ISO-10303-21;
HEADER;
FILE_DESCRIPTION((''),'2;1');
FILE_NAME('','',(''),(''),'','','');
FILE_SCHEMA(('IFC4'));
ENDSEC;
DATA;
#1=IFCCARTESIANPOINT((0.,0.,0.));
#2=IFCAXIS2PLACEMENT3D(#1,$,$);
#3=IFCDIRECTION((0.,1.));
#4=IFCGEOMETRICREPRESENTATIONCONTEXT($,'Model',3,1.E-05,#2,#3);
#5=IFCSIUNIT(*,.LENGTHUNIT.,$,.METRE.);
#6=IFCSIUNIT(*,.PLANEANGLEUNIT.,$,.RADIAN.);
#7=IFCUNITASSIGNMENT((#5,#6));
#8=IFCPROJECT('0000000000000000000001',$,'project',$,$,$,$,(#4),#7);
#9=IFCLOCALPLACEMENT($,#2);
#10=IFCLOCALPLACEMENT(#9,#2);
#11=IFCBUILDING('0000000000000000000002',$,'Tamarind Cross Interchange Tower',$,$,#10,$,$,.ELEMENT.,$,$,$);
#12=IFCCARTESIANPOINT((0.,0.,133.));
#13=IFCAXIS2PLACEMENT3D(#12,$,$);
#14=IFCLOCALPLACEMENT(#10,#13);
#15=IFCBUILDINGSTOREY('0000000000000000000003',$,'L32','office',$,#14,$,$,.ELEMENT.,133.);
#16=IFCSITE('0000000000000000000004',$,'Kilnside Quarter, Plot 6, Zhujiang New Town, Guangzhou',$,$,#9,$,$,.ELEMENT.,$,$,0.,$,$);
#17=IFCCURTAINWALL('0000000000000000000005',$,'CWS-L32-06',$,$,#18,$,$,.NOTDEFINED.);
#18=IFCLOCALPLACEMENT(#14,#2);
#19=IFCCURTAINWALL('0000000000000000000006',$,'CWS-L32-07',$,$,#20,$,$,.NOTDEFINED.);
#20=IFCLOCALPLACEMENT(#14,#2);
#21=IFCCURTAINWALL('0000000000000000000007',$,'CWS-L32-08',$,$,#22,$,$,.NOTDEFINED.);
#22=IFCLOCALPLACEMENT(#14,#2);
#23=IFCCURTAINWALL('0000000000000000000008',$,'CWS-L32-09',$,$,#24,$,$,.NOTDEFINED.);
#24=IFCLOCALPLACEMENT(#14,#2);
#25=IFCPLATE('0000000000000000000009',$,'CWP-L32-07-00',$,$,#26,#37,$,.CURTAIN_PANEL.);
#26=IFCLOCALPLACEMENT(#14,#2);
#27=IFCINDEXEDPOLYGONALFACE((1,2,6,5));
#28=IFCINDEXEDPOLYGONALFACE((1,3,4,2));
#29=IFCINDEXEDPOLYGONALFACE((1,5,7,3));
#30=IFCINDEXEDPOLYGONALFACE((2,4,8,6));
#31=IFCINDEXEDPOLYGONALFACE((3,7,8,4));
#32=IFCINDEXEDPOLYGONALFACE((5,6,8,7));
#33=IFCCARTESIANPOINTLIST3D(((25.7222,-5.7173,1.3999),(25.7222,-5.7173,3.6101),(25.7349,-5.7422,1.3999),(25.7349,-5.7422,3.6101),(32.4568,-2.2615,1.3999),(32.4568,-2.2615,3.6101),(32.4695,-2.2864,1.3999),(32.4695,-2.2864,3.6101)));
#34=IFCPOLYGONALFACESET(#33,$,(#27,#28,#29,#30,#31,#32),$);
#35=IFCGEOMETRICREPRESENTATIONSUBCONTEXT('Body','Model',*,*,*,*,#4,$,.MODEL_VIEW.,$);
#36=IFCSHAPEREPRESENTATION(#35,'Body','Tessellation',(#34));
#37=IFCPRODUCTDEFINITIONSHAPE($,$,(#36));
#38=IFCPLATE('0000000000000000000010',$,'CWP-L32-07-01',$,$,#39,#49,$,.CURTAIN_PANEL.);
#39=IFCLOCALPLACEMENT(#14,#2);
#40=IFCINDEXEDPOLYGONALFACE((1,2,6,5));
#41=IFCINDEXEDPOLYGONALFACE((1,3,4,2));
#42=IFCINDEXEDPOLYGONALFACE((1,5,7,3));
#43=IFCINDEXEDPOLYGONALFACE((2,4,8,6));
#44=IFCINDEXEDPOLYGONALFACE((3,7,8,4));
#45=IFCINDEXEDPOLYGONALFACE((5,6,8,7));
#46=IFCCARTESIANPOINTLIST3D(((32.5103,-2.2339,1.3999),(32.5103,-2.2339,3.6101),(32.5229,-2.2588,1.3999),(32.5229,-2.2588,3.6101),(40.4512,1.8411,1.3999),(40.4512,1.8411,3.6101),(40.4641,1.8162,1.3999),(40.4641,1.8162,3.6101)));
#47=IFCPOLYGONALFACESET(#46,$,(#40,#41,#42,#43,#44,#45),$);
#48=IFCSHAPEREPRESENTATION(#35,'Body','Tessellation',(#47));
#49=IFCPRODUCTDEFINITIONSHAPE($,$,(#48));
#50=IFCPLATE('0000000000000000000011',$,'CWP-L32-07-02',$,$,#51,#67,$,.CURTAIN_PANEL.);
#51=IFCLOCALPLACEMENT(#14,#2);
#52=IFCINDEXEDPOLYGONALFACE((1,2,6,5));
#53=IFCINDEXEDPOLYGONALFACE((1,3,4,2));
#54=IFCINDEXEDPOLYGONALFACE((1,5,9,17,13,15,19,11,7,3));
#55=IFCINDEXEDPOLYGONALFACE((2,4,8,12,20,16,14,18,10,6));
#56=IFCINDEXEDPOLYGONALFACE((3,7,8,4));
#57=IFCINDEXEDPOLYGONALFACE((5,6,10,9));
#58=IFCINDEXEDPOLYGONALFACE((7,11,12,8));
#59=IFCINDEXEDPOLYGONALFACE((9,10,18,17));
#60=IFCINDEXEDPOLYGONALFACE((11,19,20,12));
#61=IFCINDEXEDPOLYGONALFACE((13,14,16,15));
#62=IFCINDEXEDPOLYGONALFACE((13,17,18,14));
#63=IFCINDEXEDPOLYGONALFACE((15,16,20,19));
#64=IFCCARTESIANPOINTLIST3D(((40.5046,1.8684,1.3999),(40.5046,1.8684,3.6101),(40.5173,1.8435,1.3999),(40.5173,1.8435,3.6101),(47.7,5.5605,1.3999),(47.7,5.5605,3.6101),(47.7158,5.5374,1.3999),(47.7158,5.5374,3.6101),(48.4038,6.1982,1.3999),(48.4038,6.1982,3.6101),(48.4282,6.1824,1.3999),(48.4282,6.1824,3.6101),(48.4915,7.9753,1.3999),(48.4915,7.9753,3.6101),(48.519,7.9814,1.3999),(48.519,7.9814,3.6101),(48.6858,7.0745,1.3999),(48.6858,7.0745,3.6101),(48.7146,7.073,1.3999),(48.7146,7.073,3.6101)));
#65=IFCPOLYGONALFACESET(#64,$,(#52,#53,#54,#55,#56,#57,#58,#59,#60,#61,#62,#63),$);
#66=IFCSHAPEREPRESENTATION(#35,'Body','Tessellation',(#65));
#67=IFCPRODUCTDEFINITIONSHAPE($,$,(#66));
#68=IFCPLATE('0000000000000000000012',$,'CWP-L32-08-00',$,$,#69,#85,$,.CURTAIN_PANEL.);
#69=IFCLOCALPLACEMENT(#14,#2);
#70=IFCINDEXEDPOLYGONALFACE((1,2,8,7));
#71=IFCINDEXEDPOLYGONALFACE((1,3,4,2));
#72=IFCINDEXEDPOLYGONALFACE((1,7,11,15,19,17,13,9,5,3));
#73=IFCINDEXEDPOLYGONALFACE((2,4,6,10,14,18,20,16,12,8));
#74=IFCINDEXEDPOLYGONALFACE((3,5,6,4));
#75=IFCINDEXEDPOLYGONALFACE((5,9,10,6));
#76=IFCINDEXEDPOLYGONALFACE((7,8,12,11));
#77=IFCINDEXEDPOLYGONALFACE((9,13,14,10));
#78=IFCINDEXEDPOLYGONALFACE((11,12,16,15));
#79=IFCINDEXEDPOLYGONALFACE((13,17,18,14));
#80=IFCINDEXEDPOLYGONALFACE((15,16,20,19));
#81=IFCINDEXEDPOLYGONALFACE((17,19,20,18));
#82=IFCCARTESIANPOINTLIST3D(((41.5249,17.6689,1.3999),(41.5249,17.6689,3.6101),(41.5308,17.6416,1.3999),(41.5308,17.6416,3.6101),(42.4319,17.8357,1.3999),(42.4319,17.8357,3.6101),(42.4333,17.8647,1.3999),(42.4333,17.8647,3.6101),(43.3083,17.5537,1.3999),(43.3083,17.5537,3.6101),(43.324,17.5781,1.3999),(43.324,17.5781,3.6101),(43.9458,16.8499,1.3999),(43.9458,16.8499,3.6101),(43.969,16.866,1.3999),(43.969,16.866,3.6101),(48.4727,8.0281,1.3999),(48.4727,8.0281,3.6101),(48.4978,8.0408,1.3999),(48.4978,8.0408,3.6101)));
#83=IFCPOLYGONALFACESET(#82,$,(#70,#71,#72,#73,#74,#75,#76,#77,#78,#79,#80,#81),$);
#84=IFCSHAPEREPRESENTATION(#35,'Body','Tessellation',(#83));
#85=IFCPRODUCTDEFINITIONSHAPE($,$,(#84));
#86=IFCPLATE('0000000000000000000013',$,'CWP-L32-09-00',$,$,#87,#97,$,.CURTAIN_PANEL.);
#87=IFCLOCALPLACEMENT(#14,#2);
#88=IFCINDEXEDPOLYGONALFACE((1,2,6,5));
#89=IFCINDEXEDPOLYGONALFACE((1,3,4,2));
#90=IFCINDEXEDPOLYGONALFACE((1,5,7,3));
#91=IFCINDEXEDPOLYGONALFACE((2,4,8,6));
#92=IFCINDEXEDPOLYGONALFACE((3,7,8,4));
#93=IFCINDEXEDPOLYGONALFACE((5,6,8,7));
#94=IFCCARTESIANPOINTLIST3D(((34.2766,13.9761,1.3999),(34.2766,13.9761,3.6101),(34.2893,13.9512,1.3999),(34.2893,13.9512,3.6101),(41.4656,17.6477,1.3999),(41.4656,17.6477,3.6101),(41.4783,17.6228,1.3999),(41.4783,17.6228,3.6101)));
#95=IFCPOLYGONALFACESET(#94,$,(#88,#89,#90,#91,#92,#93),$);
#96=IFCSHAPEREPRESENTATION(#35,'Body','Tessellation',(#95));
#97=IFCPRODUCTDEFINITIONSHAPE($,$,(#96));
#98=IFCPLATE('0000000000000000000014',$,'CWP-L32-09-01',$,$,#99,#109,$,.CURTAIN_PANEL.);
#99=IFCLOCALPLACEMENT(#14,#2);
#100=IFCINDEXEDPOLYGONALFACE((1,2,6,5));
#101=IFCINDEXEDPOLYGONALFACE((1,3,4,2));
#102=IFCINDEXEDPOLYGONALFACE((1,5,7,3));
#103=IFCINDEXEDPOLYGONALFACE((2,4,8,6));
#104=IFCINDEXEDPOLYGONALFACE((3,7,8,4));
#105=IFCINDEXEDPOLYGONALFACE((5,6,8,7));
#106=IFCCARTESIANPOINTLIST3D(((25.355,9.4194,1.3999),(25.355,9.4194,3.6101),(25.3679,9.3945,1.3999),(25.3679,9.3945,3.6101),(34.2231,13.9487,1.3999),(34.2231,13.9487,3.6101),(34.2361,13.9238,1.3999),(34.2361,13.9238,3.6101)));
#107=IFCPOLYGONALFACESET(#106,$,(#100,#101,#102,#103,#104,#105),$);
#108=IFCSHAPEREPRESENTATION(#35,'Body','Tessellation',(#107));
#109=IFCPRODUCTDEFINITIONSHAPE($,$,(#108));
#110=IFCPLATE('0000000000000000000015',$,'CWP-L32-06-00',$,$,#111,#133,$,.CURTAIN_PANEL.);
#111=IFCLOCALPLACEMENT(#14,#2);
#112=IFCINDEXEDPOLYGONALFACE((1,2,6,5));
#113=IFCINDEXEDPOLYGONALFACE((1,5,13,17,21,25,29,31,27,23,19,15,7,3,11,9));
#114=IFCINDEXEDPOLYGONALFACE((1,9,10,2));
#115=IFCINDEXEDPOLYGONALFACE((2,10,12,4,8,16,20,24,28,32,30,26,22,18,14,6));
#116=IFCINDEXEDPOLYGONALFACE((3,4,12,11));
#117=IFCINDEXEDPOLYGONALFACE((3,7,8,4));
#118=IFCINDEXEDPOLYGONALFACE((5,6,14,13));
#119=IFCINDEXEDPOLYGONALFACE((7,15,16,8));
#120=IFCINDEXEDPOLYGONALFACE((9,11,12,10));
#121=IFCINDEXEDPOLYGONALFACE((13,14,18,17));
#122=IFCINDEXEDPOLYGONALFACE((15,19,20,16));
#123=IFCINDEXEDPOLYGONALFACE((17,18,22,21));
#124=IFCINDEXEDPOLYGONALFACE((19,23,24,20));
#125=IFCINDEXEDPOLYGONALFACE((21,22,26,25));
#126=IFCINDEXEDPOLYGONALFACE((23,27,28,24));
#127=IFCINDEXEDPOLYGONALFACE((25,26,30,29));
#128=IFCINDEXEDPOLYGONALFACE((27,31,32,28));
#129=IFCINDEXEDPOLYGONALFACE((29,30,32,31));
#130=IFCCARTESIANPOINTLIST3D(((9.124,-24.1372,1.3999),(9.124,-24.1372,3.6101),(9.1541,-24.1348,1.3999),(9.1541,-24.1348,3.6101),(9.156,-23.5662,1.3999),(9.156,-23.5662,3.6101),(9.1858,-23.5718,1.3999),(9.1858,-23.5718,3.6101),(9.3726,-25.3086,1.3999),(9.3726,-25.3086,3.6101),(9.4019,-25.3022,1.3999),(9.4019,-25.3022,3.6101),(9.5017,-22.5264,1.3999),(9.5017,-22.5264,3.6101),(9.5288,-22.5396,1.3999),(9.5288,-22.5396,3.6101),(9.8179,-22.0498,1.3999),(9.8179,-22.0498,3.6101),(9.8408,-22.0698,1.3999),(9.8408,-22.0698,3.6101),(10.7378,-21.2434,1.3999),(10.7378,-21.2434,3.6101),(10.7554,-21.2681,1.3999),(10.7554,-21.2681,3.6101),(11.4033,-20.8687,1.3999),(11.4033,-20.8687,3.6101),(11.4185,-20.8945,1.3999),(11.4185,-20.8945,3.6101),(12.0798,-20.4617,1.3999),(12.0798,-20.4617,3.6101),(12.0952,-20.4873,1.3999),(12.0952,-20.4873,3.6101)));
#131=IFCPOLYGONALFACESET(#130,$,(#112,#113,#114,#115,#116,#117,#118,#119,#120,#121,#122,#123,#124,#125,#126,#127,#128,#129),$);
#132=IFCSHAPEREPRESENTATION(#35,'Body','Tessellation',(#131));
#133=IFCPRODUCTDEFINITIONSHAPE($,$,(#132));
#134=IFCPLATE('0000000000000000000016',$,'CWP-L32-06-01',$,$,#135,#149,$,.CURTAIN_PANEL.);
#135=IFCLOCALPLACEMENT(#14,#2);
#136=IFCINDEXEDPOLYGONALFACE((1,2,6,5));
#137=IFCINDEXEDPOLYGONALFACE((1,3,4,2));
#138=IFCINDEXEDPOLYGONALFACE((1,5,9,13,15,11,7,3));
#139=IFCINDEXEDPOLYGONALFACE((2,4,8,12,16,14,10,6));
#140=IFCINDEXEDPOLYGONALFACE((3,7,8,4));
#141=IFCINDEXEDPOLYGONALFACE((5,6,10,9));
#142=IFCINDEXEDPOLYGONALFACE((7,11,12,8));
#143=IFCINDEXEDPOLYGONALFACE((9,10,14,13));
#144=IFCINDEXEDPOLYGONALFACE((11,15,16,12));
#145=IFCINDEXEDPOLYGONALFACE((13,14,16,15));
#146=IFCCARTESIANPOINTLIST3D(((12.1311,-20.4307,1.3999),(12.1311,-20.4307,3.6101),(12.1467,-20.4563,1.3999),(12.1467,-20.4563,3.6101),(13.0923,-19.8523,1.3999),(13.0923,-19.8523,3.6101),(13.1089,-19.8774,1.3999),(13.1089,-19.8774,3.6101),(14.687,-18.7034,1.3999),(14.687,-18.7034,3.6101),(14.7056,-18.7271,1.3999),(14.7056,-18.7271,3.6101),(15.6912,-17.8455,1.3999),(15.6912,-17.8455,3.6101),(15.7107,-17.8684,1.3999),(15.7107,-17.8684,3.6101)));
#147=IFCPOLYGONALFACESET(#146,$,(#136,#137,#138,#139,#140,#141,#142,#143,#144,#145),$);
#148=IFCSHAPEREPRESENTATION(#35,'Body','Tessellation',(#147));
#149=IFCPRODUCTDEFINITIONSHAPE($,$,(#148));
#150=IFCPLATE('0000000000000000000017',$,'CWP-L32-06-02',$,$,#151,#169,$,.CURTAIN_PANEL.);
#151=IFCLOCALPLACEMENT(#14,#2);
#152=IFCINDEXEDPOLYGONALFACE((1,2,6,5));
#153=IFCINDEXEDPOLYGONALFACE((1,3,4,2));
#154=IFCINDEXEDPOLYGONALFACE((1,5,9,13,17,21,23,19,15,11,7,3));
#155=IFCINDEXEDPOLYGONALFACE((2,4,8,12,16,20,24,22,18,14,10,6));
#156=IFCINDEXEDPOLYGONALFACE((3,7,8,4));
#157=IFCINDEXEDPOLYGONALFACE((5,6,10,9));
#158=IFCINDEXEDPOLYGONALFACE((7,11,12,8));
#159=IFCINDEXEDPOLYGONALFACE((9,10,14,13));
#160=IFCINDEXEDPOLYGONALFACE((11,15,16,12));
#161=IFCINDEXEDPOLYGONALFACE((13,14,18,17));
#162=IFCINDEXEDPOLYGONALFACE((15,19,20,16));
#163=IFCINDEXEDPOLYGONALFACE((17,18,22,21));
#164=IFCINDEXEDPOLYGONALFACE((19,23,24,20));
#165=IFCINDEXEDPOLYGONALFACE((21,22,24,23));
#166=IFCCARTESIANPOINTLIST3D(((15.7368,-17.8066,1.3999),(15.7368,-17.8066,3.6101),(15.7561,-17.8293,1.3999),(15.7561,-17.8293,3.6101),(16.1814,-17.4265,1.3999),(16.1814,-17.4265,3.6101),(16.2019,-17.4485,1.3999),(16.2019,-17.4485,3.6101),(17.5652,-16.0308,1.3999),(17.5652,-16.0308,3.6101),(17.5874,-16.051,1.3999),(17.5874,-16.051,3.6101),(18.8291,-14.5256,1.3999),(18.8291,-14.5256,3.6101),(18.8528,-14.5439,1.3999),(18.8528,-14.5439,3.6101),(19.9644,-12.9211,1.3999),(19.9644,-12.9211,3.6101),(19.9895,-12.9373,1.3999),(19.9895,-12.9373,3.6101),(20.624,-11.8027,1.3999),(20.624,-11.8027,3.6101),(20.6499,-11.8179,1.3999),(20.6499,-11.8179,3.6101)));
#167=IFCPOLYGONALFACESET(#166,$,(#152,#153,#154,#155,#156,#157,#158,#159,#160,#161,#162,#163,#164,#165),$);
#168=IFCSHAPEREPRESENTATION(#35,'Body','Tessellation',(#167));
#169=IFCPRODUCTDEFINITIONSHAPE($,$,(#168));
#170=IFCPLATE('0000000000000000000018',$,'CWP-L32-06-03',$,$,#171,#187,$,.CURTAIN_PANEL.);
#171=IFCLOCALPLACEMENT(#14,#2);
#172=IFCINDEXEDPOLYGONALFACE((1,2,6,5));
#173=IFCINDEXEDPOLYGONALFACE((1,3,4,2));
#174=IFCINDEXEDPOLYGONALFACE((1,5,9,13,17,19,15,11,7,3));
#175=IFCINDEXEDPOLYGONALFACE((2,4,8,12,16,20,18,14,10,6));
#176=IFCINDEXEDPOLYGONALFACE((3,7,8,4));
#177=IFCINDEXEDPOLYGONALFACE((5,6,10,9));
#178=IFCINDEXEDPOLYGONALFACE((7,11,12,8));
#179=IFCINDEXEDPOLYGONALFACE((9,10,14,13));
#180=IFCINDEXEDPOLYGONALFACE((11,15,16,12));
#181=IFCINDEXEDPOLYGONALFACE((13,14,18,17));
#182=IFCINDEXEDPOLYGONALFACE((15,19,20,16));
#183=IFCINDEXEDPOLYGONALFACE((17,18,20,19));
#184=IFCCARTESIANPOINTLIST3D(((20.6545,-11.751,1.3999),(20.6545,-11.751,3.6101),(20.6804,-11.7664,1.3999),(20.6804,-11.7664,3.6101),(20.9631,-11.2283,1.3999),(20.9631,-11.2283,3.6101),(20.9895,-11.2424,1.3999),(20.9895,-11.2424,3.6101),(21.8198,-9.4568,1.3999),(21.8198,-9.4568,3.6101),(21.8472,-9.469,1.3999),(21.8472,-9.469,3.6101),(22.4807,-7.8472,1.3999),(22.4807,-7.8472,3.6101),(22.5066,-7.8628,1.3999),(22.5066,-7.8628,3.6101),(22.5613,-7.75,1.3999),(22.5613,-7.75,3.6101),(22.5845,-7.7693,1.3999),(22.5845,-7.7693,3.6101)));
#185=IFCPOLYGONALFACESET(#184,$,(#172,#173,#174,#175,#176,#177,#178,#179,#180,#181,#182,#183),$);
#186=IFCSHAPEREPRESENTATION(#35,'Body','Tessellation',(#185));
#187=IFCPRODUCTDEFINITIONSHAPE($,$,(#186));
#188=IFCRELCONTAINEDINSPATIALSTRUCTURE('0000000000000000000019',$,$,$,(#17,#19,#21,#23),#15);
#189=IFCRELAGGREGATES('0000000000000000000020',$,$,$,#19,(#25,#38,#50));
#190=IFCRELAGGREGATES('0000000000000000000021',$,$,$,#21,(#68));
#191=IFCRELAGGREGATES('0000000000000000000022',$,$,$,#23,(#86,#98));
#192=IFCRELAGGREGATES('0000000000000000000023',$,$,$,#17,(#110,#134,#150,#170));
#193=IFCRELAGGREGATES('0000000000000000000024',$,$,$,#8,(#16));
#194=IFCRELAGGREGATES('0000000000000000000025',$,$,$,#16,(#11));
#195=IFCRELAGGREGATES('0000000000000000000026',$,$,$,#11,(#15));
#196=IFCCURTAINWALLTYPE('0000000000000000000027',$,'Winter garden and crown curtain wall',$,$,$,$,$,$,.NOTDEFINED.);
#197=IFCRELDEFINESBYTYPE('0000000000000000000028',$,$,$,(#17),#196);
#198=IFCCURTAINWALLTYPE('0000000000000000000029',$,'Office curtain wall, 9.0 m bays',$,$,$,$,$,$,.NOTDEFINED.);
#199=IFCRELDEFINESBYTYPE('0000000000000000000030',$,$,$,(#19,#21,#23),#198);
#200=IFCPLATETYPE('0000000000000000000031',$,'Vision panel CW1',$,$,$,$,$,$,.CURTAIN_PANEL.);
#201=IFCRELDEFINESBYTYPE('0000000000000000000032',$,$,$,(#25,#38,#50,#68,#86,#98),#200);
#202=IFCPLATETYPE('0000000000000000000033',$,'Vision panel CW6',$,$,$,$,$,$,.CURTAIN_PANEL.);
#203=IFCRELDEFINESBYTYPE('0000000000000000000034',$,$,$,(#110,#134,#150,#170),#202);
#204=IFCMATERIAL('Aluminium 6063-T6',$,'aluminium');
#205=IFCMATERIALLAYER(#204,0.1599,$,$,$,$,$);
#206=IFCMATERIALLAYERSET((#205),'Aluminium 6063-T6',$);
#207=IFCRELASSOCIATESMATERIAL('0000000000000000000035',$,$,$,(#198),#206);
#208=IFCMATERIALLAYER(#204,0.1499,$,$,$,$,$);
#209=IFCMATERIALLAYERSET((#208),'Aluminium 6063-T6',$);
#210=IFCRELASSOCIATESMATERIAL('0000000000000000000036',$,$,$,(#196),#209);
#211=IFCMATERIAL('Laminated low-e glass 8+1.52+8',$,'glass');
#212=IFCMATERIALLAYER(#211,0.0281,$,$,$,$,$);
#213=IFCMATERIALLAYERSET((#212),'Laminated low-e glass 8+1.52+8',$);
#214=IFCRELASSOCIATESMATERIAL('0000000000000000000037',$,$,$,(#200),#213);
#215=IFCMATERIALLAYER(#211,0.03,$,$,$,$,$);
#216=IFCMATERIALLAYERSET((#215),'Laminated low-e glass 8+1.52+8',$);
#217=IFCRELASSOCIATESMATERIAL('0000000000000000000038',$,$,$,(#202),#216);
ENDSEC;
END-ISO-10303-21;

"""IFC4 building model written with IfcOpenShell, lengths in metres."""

from ifc_helpers import new_model, si_unit, direction, frame, origin, place, context, subcontext, project, spatial, polyline, outline, extrude, material, layer, layer_set, type_object, element, aggregate, save


model = new_model("IFC4")

# Units and contexts
model_context = context("Model", 3, precision=1e-05, world=origin(), true_north=direction((0.0, 1.0)))
body_context = subcontext(model_context, "Body", "Model", "MODEL_VIEW")
ifc_project = project(units=[si_unit("LENGTHUNIT", "METRE"), si_unit("PLANEANGLEUNIT", "RADIAN")], contexts=[model_context])

# Site, building, storey
site_placement = place(None, origin())
site = spatial("IfcSite", under=ifc_project, at=site_placement, Name="Kilnside Quarter, Plot 6, Zhujiang New Town, Guangzhou", CompositionType="ELEMENT", RefElevation=0.0)
building_placement = place(site_placement, origin())
building = spatial("IfcBuilding", under=site, at=building_placement, Name="Tamarind Cross Interchange Tower", CompositionType="ELEMENT")
storey_placement = place(building_placement, frame((0.0, 0.0, 133.0)))
storey = spatial("IfcBuildingStorey", under=building, at=storey_placement, Name="L32", Description="office", CompositionType="ELEMENT", Elevation=133.0)

# Curtain walls
ifc_material_1 = material(Name="Aluminium 6063-T6", Category="aluminium")
ifc_layer_1 = layer(ifc_material_1, 0.1599)
ifc_layer_set_1 = layer_set([ifc_layer_1], Name="Aluminium 6063-T6")
curtain_wall_type_1 = type_object("IfcCurtainWallType", Name="Office curtain wall, 9.0 m bays", PredefinedType="NOTDEFINED", material=ifc_layer_set_1)
ifc_layer_2 = layer(ifc_material_1, 0.1499)
ifc_layer_set_2 = layer_set([ifc_layer_2], Name="Aluminium 6063-T6")
curtain_wall_type_2 = type_object("IfcCurtainWallType", Name="Winter garden and crown curtain wall", PredefinedType="NOTDEFINED", material=ifc_layer_set_2)
curtain_wall_1_placement = place(storey_placement, origin())
curtain_wall_1 = element("IfcCurtainWall", 1, at=curtain_wall_1_placement, inside=storey, type_object=curtain_wall_type_2, Name="CWS-L32-06", PredefinedType="NOTDEFINED")
curtain_wall_2_placement = place(storey_placement, origin())
curtain_wall_2 = element("IfcCurtainWall", 2, at=curtain_wall_2_placement, inside=storey, type_object=curtain_wall_type_1, Name="CWS-L32-07", PredefinedType="NOTDEFINED")
curtain_wall_3_placement = place(storey_placement, origin())
curtain_wall_3 = element("IfcCurtainWall", 3, at=curtain_wall_3_placement, inside=storey, type_object=curtain_wall_type_1, Name="CWS-L32-08", PredefinedType="NOTDEFINED")
curtain_wall_4_placement = place(storey_placement, origin())
curtain_wall_4 = element("IfcCurtainWall", 4, at=curtain_wall_4_placement, inside=storey, type_object=curtain_wall_type_1, Name="CWS-L32-09", PredefinedType="NOTDEFINED")

# Plates
ifc_material_2 = material(Name="Laminated low-e glass 8+1.52+8", Category="glass")
ifc_layer_3 = layer(ifc_material_2, 0.0281)
ifc_layer_set_3 = layer_set([ifc_layer_3], Name="Laminated low-e glass 8+1.52+8")
plate_type_1 = type_object("IfcPlateType", Name="Vision panel CW1", PredefinedType="CURTAIN_PANEL", material=ifc_layer_set_3)
plate_1_placement = place(storey_placement, frame((0.0, 0.0, 1.3999)))
plate_1 = element("IfcPlate", 5, at=plate_1_placement, type_object=plate_type_1, Name="CWP-L32-07-00", PredefinedType="CURTAIN_PANEL", context=body_context, shape_type="SweptSolid", body=[
    extrude(outline(polyline([(25.7222, -5.7173), (32.4568, -2.2615), (32.4695, -2.2864), (25.7349, -5.7422), (25.7222, -5.7173)])), origin(), (0.0, 0.0, 1.0), 2.2102),
])
plate_2_placement = place(storey_placement, frame((0.0, 0.0, 1.3999)))
plate_2 = element("IfcPlate", 6, at=plate_2_placement, type_object=plate_type_1, Name="CWP-L32-07-01", PredefinedType="CURTAIN_PANEL", context=body_context, shape_type="SweptSolid", body=[
    extrude(outline(polyline([(32.5103, -2.2339), (40.4512, 1.8411), (40.4641, 1.8162), (32.5229, -2.2588), (32.5103, -2.2339)])), origin(), (0.0, 0.0, 1.0), 2.2102),
])
plate_3_placement = place(storey_placement, frame((0.0, 0.0, 1.3999)))
plate_3 = element("IfcPlate", 7, at=plate_3_placement, type_object=plate_type_1, Name="CWP-L32-07-02", PredefinedType="CURTAIN_PANEL", context=body_context, shape_type="SweptSolid", body=[
    extrude(outline(polyline([(40.5046, 1.8684), (47.7, 5.5605), (48.4038, 6.1982), (48.6858, 7.0745), (48.4915, 7.9753), (48.519, 7.9814), (48.7146, 7.073), (48.4282, 6.1824), (47.7158, 5.5374), (40.5173, 1.8435), (40.5046, 1.8684)])), origin(), (0.0, 0.0, 1.0), 2.2102),
])
aggregate(curtain_wall_2, [plate_1, plate_2, plate_3])
plate_4_placement = place(storey_placement, frame((0.0, 0.0, 1.3999)))
plate_4 = element("IfcPlate", 8, at=plate_4_placement, type_object=plate_type_1, Name="CWP-L32-08-00", PredefinedType="CURTAIN_PANEL", context=body_context, shape_type="SweptSolid", body=[
    extrude(outline(polyline([(48.4727, 8.0281), (43.9458, 16.8499), (43.3083, 17.5537), (42.4319, 17.8357), (41.5308, 17.6416), (41.5249, 17.6689), (42.4333, 17.8647), (43.324, 17.5781), (43.969, 16.866), (48.4978, 8.0408), (48.4727, 8.0281)])), origin(), (0.0, 0.0, 1.0), 2.2102),
])
aggregate(curtain_wall_3, [plate_4])
plate_5_placement = place(storey_placement, frame((0.0, 0.0, 1.3999)))
plate_5 = element("IfcPlate", 9, at=plate_5_placement, type_object=plate_type_1, Name="CWP-L32-09-00", PredefinedType="CURTAIN_PANEL", context=body_context, shape_type="SweptSolid", body=[
    extrude(outline(polyline([(41.4783, 17.6228), (34.2893, 13.9512), (34.2766, 13.9761), (41.4656, 17.6477), (41.4783, 17.6228)])), origin(), (0.0, 0.0, 1.0), 2.2102),
])
plate_6_placement = place(storey_placement, frame((0.0, 0.0, 1.3999)))
plate_6 = element("IfcPlate", 10, at=plate_6_placement, type_object=plate_type_1, Name="CWP-L32-09-01", PredefinedType="CURTAIN_PANEL", context=body_context, shape_type="SweptSolid", body=[
    extrude(outline(polyline([(34.2361, 13.9238), (25.3679, 9.3945), (25.355, 9.4194), (34.2231, 13.9487), (34.2361, 13.9238)])), origin(), (0.0, 0.0, 1.0), 2.2102),
])
aggregate(curtain_wall_4, [plate_5, plate_6])
ifc_layer_4 = layer(ifc_material_2, 0.03)
ifc_layer_set_4 = layer_set([ifc_layer_4], Name="Laminated low-e glass 8+1.52+8")
plate_type_2 = type_object("IfcPlateType", Name="Vision panel CW6", PredefinedType="CURTAIN_PANEL", material=ifc_layer_set_4)
plate_7_placement = place(storey_placement, frame((0.0, 0.0, 1.3999)))
plate_7 = element("IfcPlate", 11, at=plate_7_placement, type_object=plate_type_2, Name="CWP-L32-06-00", PredefinedType="CURTAIN_PANEL", context=body_context, shape_type="SweptSolid", body=[
    extrude(outline(polyline([(9.3726, -25.3086), (9.124, -24.1372), (9.156, -23.5662), (9.5017, -22.5264), (9.8179, -22.0498), (10.7378, -21.2434), (11.4033, -20.8687), (12.0798, -20.4617), (12.0952, -20.4873), (11.4185, -20.8945), (10.7554, -21.2681), (9.8408, -22.0698), (9.5288, -22.5396), (9.1858, -23.5718), (9.1541, -24.1348), (9.4019, -25.3022), (9.3726, -25.3086)])), origin(), (0.0, 0.0, 1.0), 2.2102),
])
plate_8_placement = place(storey_placement, frame((0.0, 0.0, 1.3999)))
plate_8 = element("IfcPlate", 12, at=plate_8_placement, type_object=plate_type_2, Name="CWP-L32-06-01", PredefinedType="CURTAIN_PANEL", context=body_context, shape_type="SweptSolid", body=[
    extrude(outline(polyline([(12.1311, -20.4307), (13.0923, -19.8523), (14.687, -18.7034), (15.6912, -17.8455), (15.7107, -17.8684), (14.7056, -18.7271), (13.1089, -19.8774), (12.1467, -20.4563), (12.1311, -20.4307)])), origin(), (0.0, 0.0, 1.0), 2.2102),
])
plate_9_placement = place(storey_placement, frame((0.0, 0.0, 1.3999)))
plate_9 = element("IfcPlate", 13, at=plate_9_placement, type_object=plate_type_2, Name="CWP-L32-06-02", PredefinedType="CURTAIN_PANEL", context=body_context, shape_type="SweptSolid", body=[
    extrude(outline(polyline([(15.7368, -17.8066), (16.1814, -17.4265), (17.5652, -16.0308), (18.8291, -14.5256), (19.9644, -12.9211), (20.624, -11.8027), (20.6499, -11.8179), (19.9895, -12.9373), (18.8528, -14.5439), (17.5874, -16.051), (16.2019, -17.4485), (15.7561, -17.8293), (15.7368, -17.8066)])), origin(), (0.0, 0.0, 1.0), 2.2102),
])
plate_10_placement = place(storey_placement, frame((0.0, 0.0, 1.3999)))
plate_10 = element("IfcPlate", 14, at=plate_10_placement, type_object=plate_type_2, Name="CWP-L32-06-03", PredefinedType="CURTAIN_PANEL", context=body_context, shape_type="SweptSolid", body=[
    extrude(outline(polyline([(20.6545, -11.751), (20.9631, -11.2283), (21.8198, -9.4568), (22.4807, -7.8472), (22.5613, -7.75), (22.5845, -7.7693), (22.5066, -7.8628), (21.8472, -9.469), (20.9895, -11.2424), (20.6804, -11.7664), (20.6545, -11.751)])), origin(), (0.0, 0.0, 1.0), 2.2102),
])
aggregate(curtain_wall_1, [plate_7, plate_8, plate_9, plate_10])

save(model, "model.ifc")
